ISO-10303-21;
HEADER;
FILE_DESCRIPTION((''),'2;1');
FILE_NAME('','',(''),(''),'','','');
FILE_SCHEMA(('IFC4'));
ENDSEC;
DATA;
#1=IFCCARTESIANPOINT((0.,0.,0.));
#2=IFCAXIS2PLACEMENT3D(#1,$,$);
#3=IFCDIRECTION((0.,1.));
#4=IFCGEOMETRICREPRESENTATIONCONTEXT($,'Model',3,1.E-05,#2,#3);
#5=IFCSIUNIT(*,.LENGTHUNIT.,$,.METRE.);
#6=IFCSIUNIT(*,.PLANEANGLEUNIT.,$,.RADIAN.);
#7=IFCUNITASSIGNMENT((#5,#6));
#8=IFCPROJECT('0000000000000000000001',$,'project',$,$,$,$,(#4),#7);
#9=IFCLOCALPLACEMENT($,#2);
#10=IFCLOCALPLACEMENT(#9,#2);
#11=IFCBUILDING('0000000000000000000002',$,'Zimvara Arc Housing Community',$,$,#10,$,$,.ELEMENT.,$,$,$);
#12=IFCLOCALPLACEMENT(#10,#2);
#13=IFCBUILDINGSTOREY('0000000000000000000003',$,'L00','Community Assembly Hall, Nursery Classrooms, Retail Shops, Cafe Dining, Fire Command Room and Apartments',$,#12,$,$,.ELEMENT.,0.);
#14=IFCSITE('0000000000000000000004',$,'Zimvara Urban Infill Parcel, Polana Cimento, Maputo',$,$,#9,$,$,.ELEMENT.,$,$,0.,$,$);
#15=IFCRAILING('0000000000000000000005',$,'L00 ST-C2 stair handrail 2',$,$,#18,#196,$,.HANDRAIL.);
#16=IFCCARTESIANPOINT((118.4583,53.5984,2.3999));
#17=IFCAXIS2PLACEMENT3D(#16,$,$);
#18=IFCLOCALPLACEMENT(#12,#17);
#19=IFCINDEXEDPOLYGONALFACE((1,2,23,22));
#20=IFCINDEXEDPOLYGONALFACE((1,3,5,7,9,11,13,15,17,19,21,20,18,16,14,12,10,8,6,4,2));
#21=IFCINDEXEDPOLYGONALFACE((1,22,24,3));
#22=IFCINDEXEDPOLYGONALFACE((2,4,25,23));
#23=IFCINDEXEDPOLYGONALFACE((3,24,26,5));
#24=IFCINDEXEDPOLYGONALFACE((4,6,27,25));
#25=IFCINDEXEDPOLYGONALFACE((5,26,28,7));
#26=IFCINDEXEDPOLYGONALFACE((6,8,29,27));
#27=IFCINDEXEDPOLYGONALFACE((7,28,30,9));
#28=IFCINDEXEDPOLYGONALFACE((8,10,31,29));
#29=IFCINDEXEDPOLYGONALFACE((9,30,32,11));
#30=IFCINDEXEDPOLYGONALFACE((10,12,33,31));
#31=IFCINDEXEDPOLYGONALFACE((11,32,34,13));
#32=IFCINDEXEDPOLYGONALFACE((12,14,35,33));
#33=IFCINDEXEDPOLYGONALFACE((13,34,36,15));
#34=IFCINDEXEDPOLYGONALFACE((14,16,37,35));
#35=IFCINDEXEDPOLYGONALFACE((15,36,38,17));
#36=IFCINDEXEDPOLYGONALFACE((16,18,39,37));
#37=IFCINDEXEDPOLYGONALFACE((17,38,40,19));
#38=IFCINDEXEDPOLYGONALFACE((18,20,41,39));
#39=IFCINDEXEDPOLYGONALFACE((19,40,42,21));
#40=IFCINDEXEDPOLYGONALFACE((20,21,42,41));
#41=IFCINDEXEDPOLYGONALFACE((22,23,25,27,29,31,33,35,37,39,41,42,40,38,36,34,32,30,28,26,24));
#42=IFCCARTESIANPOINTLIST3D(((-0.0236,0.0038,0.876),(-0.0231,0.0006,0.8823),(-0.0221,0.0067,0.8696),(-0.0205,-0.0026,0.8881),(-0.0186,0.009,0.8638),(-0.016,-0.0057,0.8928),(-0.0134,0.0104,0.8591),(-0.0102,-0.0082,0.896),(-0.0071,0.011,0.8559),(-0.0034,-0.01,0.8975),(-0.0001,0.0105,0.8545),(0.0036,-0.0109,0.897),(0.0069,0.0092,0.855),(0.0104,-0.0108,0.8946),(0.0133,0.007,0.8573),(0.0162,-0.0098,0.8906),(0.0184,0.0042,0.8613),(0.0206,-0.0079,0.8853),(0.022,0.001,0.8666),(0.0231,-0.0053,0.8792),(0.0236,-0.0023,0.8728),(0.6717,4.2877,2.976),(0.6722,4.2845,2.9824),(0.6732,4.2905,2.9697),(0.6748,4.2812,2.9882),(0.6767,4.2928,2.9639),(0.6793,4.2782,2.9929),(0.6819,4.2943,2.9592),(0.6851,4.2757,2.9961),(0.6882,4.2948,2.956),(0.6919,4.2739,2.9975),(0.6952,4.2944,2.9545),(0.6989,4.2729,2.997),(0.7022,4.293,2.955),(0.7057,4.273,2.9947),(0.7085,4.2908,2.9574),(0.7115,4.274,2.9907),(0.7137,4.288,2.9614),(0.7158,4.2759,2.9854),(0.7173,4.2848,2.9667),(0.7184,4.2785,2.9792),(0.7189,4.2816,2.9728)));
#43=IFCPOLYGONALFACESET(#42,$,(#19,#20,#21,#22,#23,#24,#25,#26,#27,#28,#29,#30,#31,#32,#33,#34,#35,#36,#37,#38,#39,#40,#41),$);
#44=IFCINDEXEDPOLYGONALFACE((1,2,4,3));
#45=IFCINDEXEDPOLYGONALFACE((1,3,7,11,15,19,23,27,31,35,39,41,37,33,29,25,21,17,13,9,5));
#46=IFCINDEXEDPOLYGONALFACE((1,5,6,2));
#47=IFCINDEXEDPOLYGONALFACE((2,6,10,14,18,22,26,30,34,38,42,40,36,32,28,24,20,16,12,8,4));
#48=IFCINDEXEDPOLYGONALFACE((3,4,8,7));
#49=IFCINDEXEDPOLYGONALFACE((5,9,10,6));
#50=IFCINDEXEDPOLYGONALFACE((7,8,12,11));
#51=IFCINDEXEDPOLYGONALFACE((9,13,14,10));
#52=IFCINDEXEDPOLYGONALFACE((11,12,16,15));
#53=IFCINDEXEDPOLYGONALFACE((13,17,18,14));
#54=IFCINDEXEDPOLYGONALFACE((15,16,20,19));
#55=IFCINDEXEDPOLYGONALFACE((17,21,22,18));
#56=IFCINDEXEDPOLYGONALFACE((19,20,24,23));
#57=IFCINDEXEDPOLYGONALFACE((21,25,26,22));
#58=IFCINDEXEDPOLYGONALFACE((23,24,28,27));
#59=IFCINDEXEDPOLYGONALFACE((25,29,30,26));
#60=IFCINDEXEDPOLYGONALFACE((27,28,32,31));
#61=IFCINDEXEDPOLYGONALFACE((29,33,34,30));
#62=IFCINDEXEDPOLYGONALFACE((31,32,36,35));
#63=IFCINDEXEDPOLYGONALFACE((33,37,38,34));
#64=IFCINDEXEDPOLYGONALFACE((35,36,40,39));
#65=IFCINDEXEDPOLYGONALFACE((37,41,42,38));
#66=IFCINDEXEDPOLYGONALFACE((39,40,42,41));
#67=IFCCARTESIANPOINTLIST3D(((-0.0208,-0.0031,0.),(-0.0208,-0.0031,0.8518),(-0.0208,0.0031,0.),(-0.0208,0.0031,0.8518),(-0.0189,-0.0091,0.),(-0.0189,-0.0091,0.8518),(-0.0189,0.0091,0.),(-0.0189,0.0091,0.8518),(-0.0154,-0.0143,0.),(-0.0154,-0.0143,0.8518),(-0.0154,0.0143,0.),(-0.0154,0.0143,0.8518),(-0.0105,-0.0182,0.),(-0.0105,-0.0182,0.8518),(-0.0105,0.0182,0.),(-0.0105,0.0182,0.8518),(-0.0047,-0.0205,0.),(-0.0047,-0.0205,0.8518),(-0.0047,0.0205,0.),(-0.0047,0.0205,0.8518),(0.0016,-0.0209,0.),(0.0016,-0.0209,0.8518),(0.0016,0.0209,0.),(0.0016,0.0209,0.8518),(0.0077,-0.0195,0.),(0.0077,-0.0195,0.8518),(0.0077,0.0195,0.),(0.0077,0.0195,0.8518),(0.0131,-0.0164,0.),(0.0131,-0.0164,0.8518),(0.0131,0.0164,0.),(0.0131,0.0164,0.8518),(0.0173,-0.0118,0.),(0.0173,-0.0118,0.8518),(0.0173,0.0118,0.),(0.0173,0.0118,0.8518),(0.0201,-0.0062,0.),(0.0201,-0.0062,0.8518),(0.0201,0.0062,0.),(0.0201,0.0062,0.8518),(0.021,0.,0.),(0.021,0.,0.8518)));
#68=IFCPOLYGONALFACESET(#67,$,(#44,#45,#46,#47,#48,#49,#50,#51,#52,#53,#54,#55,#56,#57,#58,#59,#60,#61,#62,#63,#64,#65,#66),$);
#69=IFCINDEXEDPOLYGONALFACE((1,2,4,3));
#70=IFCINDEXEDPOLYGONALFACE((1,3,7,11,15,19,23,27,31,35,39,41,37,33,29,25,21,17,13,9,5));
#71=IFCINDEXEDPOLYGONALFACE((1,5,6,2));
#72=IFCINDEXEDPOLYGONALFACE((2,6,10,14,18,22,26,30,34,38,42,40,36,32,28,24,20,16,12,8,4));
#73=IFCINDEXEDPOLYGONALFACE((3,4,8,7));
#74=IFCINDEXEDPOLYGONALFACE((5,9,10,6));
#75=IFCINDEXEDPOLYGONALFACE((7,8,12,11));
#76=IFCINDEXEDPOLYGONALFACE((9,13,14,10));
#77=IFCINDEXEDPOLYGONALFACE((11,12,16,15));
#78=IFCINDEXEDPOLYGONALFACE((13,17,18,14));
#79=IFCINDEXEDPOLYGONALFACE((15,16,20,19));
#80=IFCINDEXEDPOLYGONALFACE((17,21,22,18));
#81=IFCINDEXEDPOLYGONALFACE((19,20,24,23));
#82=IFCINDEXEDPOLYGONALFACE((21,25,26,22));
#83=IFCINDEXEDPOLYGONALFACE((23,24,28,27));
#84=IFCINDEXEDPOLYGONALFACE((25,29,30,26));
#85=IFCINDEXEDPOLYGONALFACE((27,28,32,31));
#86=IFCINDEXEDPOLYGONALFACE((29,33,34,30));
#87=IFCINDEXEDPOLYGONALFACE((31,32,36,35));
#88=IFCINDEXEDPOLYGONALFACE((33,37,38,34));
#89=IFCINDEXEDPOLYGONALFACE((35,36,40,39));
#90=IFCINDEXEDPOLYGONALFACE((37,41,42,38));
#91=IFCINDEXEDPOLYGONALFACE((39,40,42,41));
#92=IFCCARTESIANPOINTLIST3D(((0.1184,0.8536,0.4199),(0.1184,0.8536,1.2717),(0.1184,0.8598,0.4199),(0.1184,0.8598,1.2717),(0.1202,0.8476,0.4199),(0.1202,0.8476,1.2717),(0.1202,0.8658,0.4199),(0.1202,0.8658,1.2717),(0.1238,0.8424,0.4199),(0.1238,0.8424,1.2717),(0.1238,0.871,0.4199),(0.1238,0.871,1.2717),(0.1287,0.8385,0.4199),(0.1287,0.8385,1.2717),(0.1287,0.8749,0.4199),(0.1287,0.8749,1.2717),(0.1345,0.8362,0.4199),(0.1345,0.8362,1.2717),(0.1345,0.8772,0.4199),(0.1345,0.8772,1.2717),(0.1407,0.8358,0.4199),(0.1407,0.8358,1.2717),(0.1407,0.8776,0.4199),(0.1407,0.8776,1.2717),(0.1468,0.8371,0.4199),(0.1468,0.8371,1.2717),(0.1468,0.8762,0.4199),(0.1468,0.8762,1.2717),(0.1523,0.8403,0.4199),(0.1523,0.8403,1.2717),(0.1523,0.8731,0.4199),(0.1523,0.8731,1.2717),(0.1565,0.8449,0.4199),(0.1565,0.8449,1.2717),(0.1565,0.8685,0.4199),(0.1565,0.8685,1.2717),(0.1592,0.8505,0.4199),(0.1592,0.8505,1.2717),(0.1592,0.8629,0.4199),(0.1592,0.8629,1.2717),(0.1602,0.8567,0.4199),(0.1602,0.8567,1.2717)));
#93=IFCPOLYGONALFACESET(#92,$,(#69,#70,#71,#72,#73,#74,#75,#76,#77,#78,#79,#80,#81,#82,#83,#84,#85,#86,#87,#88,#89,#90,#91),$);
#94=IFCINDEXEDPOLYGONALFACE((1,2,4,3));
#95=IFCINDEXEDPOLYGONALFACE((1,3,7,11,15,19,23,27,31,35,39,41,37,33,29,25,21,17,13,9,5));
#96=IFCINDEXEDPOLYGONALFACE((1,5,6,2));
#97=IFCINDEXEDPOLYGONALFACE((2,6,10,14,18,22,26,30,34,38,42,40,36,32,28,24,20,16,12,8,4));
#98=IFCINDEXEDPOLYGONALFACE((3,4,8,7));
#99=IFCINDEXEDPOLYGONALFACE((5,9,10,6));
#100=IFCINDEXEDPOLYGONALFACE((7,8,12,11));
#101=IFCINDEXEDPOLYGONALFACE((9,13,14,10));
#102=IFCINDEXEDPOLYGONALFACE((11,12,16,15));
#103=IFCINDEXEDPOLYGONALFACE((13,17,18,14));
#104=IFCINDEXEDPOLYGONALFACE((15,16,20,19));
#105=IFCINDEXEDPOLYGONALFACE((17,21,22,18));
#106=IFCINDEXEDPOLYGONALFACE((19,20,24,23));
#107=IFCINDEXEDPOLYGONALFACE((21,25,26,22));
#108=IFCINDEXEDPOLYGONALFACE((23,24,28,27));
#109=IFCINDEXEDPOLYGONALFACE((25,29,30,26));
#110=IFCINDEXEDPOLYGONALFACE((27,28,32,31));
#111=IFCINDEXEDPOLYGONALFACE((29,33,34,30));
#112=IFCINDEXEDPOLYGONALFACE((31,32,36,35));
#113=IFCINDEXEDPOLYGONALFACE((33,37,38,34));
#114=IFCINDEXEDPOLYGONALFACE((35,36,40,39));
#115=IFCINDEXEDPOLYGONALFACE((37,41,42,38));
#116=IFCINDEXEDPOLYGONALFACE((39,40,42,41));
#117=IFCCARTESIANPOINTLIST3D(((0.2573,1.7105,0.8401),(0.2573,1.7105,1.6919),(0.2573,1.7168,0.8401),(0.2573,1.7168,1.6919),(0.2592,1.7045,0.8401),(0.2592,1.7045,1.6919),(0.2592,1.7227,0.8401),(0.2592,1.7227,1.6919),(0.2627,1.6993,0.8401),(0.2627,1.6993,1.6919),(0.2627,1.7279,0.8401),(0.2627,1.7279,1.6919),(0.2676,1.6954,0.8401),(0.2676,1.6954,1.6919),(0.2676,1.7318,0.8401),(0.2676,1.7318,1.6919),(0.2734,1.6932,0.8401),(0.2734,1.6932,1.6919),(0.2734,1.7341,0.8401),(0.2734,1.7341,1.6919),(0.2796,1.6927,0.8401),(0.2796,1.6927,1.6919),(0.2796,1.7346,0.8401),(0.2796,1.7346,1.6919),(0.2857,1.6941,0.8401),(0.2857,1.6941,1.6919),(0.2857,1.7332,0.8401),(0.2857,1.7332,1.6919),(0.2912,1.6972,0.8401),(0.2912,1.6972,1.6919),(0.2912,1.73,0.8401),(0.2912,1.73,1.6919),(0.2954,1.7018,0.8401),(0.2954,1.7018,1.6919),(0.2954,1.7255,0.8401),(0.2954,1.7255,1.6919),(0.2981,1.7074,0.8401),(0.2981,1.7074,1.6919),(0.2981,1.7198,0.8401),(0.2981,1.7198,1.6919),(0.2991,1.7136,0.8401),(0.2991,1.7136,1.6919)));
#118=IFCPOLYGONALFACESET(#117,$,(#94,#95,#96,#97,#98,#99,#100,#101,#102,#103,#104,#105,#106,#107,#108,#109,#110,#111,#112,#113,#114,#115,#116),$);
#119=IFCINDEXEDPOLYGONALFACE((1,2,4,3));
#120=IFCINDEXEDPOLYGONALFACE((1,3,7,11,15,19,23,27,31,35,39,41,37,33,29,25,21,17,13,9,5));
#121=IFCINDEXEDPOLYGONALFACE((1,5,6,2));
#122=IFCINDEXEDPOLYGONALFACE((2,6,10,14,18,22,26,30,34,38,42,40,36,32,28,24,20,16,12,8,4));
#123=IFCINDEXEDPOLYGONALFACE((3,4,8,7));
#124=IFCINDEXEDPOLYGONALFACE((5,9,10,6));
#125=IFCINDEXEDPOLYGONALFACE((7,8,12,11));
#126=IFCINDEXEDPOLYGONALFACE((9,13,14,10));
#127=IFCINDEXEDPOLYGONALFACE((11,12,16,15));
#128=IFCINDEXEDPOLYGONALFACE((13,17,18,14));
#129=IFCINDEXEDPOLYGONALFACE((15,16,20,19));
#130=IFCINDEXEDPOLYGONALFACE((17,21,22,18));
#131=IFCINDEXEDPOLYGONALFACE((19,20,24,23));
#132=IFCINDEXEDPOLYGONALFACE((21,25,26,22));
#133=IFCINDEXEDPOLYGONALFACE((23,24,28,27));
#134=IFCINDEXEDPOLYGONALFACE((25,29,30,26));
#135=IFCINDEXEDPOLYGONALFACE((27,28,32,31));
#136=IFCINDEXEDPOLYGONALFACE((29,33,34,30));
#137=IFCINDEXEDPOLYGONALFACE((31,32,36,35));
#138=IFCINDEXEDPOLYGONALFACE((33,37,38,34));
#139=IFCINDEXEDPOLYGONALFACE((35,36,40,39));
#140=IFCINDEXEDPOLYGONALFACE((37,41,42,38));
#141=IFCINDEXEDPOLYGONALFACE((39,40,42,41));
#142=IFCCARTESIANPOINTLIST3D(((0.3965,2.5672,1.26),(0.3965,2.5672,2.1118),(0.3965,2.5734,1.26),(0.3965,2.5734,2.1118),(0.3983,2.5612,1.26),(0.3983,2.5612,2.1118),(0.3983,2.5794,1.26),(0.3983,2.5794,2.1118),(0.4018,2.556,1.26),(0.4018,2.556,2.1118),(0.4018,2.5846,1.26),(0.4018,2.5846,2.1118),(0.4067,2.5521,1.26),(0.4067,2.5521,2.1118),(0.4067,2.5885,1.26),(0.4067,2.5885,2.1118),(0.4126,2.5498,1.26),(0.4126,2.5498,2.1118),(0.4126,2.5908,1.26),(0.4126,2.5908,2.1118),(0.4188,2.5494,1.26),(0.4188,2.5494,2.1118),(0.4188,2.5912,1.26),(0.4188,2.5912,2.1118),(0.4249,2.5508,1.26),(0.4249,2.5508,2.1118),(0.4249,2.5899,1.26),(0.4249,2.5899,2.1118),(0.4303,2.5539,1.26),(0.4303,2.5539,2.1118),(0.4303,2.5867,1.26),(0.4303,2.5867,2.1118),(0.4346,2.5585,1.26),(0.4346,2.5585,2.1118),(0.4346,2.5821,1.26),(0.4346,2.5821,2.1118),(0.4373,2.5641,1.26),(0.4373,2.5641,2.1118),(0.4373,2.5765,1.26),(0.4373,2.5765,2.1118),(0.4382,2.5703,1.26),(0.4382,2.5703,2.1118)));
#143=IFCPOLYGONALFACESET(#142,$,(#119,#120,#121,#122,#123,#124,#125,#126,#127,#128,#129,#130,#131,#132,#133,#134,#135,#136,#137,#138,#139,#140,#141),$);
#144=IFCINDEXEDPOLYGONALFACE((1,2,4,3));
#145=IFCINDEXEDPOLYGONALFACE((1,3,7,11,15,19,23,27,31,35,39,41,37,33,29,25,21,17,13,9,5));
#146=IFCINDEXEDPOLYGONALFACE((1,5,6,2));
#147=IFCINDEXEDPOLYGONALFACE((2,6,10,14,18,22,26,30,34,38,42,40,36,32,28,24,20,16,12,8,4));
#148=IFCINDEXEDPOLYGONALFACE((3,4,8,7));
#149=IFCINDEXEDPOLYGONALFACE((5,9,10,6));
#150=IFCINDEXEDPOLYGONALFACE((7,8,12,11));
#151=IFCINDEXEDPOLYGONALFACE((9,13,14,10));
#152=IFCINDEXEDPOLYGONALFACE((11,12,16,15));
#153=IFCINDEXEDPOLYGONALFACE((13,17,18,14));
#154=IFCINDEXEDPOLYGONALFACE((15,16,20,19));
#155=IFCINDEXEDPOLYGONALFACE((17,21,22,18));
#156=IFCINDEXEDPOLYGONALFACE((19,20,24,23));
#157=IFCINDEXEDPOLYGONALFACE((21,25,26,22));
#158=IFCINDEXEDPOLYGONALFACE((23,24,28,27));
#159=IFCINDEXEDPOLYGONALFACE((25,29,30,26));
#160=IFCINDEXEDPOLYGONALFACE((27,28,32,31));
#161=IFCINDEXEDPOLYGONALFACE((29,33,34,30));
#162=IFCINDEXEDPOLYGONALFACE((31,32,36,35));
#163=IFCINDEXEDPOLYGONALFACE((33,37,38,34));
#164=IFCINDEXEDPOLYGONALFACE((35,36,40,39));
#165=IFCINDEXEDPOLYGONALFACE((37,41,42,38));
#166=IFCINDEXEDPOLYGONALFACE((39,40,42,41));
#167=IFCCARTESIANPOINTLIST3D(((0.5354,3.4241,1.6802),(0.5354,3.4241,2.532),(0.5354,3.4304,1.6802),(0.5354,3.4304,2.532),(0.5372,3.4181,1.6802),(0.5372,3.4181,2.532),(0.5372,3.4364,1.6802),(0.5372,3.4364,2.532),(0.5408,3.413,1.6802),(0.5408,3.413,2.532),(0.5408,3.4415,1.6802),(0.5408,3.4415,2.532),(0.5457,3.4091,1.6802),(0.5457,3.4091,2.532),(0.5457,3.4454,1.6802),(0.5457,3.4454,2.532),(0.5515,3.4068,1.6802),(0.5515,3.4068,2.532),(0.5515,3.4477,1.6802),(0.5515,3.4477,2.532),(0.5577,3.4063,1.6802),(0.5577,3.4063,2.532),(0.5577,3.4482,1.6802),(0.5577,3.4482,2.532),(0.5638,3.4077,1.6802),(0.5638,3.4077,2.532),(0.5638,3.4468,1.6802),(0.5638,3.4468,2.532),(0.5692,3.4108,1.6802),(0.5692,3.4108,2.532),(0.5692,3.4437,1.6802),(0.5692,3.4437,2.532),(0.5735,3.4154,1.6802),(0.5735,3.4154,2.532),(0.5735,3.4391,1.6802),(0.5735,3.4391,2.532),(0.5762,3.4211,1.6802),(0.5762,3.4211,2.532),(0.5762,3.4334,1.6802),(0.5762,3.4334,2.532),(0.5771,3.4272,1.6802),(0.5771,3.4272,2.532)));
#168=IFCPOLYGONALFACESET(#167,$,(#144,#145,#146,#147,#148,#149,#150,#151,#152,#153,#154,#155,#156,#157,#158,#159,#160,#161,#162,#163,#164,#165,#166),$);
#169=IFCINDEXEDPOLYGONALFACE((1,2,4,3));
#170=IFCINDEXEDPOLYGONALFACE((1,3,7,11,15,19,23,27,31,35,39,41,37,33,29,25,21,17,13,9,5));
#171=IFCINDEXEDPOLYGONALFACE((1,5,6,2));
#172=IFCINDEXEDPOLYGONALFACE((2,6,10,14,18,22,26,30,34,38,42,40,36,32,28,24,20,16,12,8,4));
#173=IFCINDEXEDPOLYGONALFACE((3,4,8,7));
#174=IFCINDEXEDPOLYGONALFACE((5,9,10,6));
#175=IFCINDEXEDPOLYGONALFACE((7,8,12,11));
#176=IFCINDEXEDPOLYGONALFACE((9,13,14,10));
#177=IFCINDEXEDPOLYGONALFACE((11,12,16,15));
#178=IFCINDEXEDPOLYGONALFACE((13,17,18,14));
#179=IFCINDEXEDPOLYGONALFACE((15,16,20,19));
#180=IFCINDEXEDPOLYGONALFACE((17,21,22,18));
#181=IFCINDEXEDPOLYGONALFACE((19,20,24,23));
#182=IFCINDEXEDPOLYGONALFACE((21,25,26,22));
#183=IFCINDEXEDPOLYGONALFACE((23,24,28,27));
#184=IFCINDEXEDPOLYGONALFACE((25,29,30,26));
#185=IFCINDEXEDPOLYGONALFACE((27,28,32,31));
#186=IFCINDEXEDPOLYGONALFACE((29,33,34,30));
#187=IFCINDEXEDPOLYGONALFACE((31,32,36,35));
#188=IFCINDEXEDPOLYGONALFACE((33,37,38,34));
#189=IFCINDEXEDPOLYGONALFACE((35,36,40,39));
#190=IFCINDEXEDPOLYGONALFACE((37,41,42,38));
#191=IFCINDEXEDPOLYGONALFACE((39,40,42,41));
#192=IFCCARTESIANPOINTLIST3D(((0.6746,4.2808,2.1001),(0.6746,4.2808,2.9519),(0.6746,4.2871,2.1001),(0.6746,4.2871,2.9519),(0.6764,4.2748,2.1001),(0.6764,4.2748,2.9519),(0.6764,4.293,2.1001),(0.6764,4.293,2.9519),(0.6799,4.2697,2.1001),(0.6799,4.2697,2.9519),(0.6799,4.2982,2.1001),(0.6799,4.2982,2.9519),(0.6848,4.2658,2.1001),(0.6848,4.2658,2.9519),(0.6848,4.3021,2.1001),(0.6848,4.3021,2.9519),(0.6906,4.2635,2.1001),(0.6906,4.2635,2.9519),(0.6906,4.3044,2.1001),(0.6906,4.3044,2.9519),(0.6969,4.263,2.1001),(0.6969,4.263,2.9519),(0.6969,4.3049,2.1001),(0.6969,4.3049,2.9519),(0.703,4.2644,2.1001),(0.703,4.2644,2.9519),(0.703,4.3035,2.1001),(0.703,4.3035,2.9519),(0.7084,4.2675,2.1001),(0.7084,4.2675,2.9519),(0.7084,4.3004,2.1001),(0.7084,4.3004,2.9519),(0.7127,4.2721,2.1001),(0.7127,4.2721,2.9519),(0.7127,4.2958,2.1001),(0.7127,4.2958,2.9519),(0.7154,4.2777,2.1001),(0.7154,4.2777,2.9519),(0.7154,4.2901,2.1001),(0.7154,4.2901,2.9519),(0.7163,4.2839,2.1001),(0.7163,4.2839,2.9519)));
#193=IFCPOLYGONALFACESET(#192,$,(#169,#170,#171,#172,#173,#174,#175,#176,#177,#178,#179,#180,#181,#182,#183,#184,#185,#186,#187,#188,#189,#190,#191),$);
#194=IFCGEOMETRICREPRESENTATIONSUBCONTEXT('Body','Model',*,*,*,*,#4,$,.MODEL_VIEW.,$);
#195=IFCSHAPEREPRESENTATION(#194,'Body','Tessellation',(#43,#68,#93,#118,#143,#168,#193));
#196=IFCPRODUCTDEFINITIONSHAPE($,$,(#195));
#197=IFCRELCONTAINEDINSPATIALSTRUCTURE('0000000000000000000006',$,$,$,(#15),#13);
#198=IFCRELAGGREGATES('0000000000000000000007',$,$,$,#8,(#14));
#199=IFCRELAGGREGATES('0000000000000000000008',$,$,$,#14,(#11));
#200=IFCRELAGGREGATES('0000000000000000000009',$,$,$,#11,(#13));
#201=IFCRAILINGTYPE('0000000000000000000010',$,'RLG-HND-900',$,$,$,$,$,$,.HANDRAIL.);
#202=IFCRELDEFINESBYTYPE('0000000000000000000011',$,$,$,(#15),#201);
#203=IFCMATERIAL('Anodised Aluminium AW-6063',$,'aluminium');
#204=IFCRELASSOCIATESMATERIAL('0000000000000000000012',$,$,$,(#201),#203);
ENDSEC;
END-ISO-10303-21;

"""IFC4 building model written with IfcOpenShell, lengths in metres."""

from ifc_helpers import new_model, si_unit, direction, frame, origin, origin_2d, place, context, subcontext, project, spatial, circle, extrude, material, type_object, element, save


model = new_model("IFC4")

# Units and contexts
model_context = context("Model", 3, precision=1e-05, world=origin(), true_north=direction((0.0, 1.0)))
body_context = subcontext(model_context, "Body", "Model", "MODEL_VIEW")
ifc_project = project(units=[si_unit("LENGTHUNIT", "METRE"), si_unit("PLANEANGLEUNIT", "RADIAN")], contexts=[model_context])

# Site, building, storey
site_placement = place(None, origin())
site = spatial("IfcSite", under=ifc_project, at=site_placement, Name="Zimvara Urban Infill Parcel, Polana Cimento, Maputo", CompositionType="ELEMENT", RefElevation=0.0)
building_placement = place(site_placement, origin())
building = spatial("IfcBuilding", under=site, at=building_placement, Name="Zimvara Arc Housing Community", CompositionType="ELEMENT")
storey_placement = place(building_placement, origin())
storey = spatial("IfcBuildingStorey", under=building, at=storey_placement, Name="L00", Description="Community Assembly Hall, Nursery Classrooms, Retail Shops, Cafe Dining, Fire Command Room and Apartments", CompositionType="ELEMENT", Elevation=0.0)

# Railing
ifc_material_1 = material(Name="Anodised Aluminium AW-6063", Category="aluminium")
railing_type_1 = type_object("IfcRailingType", Name="RLG-HND-900", PredefinedType="HANDRAIL", material=ifc_material_1)
railing_1_placement = place(storey_placement, frame((118.4583, 53.5984, 2.3999)))
element("IfcRailing", 1, at=railing_1_placement, inside=storey, type_object=railing_type_1, Name="L00 ST-C2 stair handrail 2", PredefinedType="HANDRAIL", context=body_context, shape_type="SweptSolid", body=[
    extrude(circle(Radius=0.0239, at=origin_2d()), frame((0.0, 0.0, 0.876), z_axis=(0.144214, 0.888524, 0.435578), x_axis=(-0.987083, 0.16021, 0.0)), (0.0, 0.0, 1.0), 4.8213),
    extrude(circle(Radius=0.021, at=origin_2d()), origin(), (0.0, 0.0, 1.0), 0.8518),
    extrude(circle(Radius=0.021, at=origin_2d()), frame((0.1392, 0.8567, 0.4199)), (0.0, 0.0, 1.0), 0.8518),
    extrude(circle(Radius=0.021, at=origin_2d()), frame((0.2781, 1.7136, 0.8401)), (0.0, 0.0, 1.0), 0.8518),
    extrude(circle(Radius=0.021, at=origin_2d()), frame((0.4172, 2.5703, 1.26)), (0.0, 0.0, 1.0), 0.8518),
    extrude(circle(Radius=0.021, at=origin_2d()), frame((0.5562, 3.4272, 1.6802)), (0.0, 0.0, 1.0), 0.8518),
    extrude(circle(Radius=0.021, at=origin_2d()), frame((0.6953, 4.2839, 2.1001)), (0.0, 0.0, 1.0), 0.8518),
])

save(model, "model.ifc")
